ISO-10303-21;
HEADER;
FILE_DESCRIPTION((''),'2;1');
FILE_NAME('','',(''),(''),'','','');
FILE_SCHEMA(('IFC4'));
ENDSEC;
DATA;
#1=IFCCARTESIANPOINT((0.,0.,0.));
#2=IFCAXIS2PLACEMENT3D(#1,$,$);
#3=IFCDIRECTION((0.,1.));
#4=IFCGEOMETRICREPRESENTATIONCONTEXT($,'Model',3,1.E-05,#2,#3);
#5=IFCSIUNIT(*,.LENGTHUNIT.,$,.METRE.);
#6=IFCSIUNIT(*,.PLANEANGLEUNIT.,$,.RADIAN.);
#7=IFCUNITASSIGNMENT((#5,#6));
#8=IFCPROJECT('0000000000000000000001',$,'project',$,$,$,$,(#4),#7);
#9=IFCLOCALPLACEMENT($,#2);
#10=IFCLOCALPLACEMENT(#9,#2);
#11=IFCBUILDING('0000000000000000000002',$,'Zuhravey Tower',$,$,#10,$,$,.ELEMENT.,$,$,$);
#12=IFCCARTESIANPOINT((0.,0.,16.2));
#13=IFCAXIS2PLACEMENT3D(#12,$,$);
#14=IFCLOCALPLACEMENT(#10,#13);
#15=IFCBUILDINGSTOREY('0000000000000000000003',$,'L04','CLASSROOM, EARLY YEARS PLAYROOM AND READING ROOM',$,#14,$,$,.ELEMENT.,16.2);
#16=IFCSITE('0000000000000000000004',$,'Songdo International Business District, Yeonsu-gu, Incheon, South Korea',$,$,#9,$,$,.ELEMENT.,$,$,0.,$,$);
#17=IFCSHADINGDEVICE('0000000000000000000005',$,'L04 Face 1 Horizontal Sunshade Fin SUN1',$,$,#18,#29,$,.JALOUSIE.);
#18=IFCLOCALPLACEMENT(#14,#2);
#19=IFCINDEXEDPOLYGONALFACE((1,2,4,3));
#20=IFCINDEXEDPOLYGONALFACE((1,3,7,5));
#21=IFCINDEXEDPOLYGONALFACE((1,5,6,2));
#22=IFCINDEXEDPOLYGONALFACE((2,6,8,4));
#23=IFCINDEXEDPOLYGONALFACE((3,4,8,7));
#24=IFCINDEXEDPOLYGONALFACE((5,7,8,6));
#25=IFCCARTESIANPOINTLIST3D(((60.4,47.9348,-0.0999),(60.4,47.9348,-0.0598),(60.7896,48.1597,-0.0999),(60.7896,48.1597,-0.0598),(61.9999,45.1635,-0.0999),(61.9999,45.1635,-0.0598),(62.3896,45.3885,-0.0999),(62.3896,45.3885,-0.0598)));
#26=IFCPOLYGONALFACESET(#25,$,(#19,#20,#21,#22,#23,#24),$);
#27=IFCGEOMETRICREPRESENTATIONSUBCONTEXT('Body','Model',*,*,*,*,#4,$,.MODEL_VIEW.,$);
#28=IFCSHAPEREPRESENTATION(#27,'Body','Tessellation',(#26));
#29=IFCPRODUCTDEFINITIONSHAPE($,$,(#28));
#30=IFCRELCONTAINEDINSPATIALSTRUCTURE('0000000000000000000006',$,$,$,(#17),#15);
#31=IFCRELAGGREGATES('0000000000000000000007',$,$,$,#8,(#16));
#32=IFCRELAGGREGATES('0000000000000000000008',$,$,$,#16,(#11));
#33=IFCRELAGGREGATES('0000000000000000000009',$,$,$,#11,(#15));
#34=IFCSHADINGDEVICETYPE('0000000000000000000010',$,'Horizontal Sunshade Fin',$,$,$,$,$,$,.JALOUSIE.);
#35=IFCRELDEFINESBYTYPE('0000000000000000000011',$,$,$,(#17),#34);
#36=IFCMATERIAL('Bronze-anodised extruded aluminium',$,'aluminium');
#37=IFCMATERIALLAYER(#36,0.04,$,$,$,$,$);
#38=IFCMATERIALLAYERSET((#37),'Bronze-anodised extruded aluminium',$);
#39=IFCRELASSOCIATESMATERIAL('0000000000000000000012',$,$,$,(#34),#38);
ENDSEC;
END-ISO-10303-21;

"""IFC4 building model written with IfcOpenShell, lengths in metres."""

from ifc_helpers import new_model, si_unit, direction, frame, origin, origin_2d, place, context, subcontext, project, spatial, rectangle, extrude, material, layer, layer_set, type_object, element, save


model = new_model("IFC4")

# Units and contexts
model_context = context("Model", 3, precision=1e-05, world=origin(), true_north=direction((0.0, 1.0)))
body_context = subcontext(model_context, "Body", "Model", "MODEL_VIEW")
ifc_project = project(units=[si_unit("LENGTHUNIT", "METRE"), si_unit("PLANEANGLEUNIT", "RADIAN")], contexts=[model_context])

# Site, building, storey
site_placement = place(None, origin())
site = spatial("IfcSite", under=ifc_project, at=site_placement, Name="Songdo International Business District, Yeonsu-gu, Incheon, South Korea", CompositionType="ELEMENT", RefElevation=0.0)
building_placement = place(site_placement, origin())
building = spatial("IfcBuilding", under=site, at=building_placement, Name="Zuhravey Tower", CompositionType="ELEMENT")
storey_placement = place(building_placement, frame((0.0, 0.0, 16.2)))
storey = spatial("IfcBuildingStorey", under=building, at=storey_placement, Name="L04", Description="CLASSROOM, EARLY YEARS PLAYROOM AND READING ROOM", CompositionType="ELEMENT", Elevation=16.2)

# Shading device
ifc_material_1 = material(Name="Bronze-anodised extruded aluminium", Category="aluminium")
ifc_layer_1 = layer(ifc_material_1, 0.04)
ifc_layer_set_1 = layer_set([ifc_layer_1], Name="Bronze-anodised extruded aluminium")
shading_device_type = type_object("IfcShadingDeviceType", Name="Horizontal Sunshade Fin", PredefinedType="JALOUSIE", material=ifc_layer_set_1)
shading_device_placement = place(storey_placement, frame((61.3948, 46.6616, -0.0999), z_axis=(0.0, 0.0, 1.0), x_axis=(0.5, -0.866025, 0.0)))
element("IfcShadingDevice", 1, at=shading_device_placement, inside=storey, type_object=shading_device_type, Name="L04 Face 1 Horizontal Sunshade Fin SUN1", PredefinedType="JALOUSIE", context=body_context, shape_type="SweptSolid", body=[
    extrude(rectangle(XDim=3.2, YDim=0.45, at=origin_2d()), origin(), (0.0, 0.0, 1.0), 0.04),
])

save(model, "model.ifc")
